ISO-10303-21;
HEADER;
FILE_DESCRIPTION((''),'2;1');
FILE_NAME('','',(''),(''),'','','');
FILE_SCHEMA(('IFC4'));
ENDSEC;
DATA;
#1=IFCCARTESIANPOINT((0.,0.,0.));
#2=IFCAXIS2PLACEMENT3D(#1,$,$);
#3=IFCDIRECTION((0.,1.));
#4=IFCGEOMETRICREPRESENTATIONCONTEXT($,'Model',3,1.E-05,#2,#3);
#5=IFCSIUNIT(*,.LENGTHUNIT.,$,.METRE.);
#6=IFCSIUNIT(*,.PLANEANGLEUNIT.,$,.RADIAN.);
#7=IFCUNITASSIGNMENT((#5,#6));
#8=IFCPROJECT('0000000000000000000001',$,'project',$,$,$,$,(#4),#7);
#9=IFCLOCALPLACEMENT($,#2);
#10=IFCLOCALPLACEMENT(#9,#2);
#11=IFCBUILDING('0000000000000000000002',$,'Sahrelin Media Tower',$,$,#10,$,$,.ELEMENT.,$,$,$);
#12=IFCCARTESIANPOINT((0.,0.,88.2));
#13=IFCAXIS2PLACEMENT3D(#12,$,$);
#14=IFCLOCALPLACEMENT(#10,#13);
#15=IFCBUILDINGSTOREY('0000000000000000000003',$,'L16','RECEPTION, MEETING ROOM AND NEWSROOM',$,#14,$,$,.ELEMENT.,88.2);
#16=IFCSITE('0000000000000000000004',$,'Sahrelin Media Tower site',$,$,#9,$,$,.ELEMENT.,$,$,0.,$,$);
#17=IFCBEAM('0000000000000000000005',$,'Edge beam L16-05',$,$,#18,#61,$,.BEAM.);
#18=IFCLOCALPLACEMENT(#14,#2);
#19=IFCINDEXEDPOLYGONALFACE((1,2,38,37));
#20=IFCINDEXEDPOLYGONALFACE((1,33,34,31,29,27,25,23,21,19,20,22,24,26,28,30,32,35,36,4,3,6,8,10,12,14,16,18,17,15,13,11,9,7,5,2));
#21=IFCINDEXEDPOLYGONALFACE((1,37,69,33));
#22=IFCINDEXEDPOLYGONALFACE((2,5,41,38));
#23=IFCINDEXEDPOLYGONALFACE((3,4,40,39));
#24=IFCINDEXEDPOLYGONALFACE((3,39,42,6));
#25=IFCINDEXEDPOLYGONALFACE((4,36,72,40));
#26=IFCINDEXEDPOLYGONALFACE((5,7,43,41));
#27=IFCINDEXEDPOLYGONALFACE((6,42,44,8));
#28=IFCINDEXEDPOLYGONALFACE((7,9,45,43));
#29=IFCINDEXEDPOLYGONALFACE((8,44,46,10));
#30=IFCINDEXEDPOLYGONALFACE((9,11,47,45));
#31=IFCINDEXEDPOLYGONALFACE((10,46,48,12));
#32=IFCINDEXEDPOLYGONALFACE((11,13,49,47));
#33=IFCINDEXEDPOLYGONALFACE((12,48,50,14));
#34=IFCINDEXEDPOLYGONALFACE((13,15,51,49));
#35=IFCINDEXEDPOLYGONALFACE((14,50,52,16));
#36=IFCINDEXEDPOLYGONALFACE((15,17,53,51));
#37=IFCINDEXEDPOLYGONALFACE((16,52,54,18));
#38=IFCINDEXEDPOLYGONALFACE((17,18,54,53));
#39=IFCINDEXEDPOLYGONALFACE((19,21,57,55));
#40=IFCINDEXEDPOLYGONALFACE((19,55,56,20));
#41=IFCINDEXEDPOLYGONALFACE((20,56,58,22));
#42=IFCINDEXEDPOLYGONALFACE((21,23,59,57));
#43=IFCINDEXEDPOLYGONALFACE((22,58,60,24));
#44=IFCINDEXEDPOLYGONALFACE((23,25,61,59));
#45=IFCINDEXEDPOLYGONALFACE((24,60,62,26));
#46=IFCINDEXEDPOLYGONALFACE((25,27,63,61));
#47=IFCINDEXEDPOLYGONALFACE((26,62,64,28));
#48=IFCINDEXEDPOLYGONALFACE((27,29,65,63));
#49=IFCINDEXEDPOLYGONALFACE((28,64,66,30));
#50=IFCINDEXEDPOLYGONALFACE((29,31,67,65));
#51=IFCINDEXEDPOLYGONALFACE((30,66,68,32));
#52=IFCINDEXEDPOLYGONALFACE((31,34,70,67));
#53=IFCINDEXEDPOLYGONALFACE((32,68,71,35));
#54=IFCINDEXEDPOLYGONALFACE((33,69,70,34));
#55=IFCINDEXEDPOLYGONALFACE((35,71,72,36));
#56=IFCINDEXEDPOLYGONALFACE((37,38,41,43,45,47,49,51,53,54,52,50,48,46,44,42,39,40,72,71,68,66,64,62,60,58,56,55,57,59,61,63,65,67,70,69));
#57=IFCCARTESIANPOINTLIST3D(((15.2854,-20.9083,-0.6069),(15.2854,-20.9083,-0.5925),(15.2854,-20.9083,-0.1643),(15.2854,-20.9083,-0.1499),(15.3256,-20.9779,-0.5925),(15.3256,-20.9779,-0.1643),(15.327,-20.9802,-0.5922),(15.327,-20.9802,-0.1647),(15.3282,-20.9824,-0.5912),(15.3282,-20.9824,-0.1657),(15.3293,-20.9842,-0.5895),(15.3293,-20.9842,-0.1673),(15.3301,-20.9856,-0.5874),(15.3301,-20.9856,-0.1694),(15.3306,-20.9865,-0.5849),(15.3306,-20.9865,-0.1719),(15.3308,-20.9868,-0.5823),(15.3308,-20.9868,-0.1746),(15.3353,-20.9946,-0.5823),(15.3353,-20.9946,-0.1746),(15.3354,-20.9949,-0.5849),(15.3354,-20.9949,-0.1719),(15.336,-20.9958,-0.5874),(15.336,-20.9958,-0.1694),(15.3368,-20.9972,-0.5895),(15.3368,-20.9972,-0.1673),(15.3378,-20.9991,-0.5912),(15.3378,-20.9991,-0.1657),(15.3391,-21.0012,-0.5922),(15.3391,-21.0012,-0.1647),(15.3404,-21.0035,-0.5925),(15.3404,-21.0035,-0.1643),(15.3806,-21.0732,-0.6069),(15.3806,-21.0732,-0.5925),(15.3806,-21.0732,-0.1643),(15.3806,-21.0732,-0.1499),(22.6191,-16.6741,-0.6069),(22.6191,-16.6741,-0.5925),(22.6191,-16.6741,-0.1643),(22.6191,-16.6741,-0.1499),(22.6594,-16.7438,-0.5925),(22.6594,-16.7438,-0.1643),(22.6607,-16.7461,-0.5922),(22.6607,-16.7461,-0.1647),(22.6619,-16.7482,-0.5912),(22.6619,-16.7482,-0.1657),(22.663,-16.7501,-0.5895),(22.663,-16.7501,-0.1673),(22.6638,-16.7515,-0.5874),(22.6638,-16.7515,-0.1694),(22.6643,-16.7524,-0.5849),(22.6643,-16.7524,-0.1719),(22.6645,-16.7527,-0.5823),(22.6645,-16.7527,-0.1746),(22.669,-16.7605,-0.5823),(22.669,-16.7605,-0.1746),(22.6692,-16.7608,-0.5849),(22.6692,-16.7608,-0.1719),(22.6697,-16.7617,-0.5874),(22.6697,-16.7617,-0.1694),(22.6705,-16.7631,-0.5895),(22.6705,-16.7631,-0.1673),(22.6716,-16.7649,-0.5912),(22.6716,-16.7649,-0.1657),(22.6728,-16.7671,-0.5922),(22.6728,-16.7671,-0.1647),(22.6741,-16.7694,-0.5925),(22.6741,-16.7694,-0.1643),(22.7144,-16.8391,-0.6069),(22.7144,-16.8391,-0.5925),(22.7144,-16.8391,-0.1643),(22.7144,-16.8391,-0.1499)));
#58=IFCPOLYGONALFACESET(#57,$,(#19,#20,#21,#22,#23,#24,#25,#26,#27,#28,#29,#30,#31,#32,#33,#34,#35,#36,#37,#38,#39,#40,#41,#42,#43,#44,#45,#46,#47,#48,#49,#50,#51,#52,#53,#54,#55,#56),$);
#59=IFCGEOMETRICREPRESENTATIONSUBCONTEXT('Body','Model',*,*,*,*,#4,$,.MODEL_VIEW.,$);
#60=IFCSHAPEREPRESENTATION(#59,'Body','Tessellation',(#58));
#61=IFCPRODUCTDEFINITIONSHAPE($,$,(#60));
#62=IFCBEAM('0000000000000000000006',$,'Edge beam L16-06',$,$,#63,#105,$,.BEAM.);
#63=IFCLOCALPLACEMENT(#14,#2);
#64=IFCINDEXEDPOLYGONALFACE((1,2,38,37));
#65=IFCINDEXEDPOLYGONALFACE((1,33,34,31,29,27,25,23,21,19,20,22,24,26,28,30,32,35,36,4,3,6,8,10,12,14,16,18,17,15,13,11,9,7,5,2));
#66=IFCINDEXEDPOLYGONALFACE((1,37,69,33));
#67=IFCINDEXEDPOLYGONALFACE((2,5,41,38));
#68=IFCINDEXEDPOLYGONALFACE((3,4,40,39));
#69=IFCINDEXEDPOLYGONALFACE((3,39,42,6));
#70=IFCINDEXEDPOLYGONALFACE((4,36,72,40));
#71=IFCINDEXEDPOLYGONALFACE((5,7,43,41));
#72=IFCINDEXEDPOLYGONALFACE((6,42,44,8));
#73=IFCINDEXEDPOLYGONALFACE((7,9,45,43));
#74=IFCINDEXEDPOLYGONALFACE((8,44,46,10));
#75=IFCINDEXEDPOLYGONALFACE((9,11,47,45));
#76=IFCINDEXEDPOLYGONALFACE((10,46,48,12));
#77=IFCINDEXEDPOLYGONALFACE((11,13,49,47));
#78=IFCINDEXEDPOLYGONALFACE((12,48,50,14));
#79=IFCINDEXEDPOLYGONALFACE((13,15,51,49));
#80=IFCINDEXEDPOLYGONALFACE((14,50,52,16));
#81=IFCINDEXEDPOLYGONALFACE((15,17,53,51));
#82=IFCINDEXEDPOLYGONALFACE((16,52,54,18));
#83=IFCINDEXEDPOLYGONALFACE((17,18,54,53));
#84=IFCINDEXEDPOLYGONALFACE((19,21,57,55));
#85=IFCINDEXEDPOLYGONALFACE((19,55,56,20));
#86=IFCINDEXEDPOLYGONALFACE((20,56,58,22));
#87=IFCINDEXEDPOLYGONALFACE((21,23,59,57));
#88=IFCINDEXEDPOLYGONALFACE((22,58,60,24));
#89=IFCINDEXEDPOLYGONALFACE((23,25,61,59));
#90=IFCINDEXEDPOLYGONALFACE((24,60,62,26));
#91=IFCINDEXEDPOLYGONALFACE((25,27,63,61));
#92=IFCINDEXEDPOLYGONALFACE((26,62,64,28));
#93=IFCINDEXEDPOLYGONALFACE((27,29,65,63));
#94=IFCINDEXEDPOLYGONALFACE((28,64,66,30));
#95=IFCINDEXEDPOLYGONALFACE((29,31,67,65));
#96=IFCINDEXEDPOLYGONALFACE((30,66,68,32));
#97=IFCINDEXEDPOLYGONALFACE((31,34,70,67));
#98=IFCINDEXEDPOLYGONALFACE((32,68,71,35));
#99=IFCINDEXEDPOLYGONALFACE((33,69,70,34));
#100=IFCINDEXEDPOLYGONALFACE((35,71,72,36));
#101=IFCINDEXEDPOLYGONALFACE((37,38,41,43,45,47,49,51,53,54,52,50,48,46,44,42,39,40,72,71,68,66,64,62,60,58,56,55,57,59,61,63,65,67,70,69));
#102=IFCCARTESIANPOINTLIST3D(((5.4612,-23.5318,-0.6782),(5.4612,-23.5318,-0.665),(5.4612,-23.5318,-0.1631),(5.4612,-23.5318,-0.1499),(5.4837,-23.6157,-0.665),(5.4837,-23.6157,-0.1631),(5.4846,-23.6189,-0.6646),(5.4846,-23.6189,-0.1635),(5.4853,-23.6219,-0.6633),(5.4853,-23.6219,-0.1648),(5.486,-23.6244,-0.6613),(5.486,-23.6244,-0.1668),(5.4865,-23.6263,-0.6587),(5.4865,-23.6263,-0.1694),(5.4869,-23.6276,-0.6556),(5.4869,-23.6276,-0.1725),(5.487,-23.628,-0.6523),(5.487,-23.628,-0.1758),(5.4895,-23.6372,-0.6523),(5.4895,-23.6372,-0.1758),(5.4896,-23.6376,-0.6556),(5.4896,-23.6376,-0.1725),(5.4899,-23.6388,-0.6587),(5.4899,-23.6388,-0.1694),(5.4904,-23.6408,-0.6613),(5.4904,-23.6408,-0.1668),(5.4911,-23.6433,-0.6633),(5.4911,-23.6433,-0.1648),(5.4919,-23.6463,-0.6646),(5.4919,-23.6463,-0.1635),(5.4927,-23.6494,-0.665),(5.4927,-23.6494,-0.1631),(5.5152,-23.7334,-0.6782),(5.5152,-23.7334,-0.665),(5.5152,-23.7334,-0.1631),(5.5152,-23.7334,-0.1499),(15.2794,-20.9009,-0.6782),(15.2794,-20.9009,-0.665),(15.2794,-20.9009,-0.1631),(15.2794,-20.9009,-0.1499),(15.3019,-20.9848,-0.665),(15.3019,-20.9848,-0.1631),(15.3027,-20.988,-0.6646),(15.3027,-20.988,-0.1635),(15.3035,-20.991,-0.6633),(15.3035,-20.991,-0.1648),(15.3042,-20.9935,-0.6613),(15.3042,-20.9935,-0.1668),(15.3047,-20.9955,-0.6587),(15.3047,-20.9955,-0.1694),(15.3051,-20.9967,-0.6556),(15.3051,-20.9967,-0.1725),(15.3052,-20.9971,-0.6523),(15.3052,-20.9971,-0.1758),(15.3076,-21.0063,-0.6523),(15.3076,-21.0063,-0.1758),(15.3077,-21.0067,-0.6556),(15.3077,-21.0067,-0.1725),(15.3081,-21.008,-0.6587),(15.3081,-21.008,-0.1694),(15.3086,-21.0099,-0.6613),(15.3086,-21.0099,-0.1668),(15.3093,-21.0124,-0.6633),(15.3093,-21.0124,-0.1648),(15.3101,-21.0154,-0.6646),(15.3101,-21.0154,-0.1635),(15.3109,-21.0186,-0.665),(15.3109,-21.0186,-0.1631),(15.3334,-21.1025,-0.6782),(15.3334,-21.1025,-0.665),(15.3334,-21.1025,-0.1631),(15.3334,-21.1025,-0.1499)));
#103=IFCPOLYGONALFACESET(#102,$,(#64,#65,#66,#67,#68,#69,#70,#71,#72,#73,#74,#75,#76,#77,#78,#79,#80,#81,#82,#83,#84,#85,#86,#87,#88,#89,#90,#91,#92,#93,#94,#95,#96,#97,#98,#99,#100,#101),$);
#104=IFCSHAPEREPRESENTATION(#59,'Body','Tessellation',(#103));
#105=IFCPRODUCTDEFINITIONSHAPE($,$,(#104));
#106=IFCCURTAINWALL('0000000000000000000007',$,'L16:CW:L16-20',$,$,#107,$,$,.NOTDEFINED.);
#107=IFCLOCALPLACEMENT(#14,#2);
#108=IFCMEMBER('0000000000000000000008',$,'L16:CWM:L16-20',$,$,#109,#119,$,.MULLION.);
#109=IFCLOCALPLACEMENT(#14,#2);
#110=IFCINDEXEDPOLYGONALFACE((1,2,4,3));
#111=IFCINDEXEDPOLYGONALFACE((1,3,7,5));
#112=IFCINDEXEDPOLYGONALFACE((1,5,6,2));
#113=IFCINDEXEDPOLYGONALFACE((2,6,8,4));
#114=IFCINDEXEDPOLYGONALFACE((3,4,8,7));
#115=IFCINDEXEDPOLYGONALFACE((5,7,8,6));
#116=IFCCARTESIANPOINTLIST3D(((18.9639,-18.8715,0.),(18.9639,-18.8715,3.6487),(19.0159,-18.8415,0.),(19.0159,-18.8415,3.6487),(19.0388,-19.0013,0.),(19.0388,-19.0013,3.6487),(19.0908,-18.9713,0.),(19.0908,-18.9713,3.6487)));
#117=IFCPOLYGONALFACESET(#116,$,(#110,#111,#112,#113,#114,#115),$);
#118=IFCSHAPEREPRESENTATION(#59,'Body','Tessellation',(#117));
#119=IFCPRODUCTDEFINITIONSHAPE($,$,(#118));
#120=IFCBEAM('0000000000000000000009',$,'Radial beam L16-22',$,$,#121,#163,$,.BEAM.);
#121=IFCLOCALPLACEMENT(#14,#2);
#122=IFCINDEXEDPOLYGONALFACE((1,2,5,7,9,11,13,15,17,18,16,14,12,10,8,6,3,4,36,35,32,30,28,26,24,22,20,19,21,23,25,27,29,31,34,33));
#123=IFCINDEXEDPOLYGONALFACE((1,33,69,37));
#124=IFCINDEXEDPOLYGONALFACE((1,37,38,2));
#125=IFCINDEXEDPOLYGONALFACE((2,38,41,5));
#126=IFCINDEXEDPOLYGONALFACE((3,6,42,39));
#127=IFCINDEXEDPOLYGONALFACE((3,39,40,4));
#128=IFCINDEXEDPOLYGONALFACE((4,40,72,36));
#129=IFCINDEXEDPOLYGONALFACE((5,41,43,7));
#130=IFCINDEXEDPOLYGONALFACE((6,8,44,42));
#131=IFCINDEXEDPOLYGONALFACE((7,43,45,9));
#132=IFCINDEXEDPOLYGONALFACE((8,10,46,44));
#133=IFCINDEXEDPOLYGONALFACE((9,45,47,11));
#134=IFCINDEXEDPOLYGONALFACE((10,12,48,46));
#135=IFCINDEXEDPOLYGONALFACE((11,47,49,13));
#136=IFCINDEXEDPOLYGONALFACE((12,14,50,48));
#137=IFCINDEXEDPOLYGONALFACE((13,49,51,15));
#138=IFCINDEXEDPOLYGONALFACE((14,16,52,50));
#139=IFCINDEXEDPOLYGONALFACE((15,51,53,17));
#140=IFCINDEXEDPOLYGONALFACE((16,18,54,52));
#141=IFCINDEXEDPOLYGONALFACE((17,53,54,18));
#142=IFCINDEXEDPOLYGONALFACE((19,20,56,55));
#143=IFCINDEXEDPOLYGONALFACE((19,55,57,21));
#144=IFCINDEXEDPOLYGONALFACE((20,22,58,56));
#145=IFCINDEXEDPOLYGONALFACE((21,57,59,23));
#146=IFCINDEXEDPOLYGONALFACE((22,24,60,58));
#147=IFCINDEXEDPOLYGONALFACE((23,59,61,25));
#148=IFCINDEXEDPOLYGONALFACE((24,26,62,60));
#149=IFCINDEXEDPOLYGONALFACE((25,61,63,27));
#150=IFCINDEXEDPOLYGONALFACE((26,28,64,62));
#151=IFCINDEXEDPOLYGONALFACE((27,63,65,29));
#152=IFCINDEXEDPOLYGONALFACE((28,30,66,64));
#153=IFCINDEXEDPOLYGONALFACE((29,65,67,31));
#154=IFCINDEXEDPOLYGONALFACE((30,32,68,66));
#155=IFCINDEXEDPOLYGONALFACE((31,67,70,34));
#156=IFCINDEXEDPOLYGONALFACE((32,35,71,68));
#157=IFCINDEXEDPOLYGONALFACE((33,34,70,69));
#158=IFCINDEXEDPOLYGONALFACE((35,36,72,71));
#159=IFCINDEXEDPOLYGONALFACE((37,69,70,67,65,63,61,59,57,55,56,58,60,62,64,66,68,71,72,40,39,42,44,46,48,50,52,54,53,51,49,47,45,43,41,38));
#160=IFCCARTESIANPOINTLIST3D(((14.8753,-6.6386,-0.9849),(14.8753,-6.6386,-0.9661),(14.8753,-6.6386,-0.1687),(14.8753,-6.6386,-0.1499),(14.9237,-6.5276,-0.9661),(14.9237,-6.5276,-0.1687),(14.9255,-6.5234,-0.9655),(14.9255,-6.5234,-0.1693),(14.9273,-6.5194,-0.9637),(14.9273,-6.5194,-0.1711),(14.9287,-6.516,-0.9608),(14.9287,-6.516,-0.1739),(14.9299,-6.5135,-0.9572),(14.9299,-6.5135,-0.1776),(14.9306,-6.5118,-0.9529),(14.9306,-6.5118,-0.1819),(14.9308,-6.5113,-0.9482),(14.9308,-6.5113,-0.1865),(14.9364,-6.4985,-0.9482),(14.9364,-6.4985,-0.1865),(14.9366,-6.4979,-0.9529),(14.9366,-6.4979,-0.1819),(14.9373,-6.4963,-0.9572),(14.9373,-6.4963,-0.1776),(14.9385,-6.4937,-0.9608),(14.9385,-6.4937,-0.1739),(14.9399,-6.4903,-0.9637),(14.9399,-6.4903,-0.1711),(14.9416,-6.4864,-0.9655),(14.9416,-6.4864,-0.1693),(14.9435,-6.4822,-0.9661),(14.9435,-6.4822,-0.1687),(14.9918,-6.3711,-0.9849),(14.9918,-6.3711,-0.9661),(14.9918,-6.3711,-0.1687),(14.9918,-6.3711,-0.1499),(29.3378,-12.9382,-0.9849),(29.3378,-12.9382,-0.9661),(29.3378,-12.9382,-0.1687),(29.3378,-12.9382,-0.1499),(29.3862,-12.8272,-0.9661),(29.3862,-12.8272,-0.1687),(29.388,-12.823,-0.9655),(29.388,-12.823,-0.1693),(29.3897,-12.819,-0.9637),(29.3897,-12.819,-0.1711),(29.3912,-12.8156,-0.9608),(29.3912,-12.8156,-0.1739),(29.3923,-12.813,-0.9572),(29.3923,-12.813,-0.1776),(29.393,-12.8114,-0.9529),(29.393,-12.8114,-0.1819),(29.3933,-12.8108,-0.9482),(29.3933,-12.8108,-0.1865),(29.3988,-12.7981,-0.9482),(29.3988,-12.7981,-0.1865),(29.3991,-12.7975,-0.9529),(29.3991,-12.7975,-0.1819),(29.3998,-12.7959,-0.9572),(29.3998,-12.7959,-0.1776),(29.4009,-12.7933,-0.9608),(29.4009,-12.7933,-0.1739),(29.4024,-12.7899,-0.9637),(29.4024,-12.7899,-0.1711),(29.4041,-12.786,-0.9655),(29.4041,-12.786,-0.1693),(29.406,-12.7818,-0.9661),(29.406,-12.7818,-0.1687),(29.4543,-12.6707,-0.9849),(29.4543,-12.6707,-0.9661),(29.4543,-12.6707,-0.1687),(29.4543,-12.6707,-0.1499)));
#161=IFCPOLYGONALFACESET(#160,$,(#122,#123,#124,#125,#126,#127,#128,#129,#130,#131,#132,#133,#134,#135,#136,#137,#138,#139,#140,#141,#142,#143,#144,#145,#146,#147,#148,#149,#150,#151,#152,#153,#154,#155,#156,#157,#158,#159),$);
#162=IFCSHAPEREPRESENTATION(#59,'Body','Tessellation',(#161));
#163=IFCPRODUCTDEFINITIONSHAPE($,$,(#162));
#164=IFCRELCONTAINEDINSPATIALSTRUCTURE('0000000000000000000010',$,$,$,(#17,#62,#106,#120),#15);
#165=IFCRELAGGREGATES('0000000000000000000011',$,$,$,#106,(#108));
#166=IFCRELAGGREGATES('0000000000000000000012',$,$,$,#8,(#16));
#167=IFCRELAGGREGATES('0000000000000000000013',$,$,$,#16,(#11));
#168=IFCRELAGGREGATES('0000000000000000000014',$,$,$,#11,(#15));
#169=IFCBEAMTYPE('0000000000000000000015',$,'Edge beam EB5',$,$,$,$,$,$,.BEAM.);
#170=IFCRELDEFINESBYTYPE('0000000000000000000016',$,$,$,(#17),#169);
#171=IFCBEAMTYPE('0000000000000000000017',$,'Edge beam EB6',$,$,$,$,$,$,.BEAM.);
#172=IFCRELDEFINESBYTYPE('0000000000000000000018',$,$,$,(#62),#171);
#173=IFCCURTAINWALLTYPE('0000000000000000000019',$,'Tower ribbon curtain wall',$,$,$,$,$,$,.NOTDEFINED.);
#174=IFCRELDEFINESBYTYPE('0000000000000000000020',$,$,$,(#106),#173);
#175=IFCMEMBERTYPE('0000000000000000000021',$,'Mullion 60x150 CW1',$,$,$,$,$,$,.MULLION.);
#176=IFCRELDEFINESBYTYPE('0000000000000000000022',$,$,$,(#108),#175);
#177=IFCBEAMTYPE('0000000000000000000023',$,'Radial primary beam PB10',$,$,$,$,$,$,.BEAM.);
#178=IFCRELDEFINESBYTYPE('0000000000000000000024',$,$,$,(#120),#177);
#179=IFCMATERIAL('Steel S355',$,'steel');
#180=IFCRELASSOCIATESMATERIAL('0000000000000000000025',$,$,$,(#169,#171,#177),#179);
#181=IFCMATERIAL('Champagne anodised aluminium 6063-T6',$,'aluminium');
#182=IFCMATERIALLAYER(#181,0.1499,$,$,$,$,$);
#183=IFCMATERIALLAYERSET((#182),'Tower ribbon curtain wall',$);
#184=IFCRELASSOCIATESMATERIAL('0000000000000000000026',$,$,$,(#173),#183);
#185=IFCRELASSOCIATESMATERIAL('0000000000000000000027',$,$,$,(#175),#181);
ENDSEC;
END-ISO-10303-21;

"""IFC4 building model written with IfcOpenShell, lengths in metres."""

from ifc_helpers import new_model, si_unit, direction, frame, origin, origin_2d, place, context, subcontext, project, spatial, rectangle, i_section, extrude, material, layer, layer_set, material_profile, profile_set, type_object, element, aggregate, save


model = new_model("IFC4")

# Units and contexts
model_context = context("Model", 3, precision=1e-05, world=origin(), true_north=direction((0.0, 1.0)))
body_context = subcontext(model_context, "Body", "Model", "MODEL_VIEW")
ifc_project = project(units=[si_unit("LENGTHUNIT", "METRE"), si_unit("PLANEANGLEUNIT", "RADIAN")], contexts=[model_context])

# Site, building, storey
site_placement = place(None, origin())
site = spatial("IfcSite", under=ifc_project, at=site_placement, Name="Sahrelin Media Tower site", CompositionType="ELEMENT", RefElevation=0.0)
building_placement = place(site_placement, origin())
building = spatial("IfcBuilding", under=site, at=building_placement, Name="Sahrelin Media Tower", CompositionType="ELEMENT")
storey_placement = place(building_placement, frame((0.0, 0.0, 88.2)))
storey = spatial("IfcBuildingStorey", under=building, at=storey_placement, Name="L16", Description="RECEPTION, MEETING ROOM AND NEWSROOM", CompositionType="ELEMENT", Elevation=88.2)

# Beams
ifc_material_1 = material(Name="Steel S355", Category="steel")
ifc_material_profile_1 = material_profile(ifc_material_1, i_section(OverallWidth=0.1904, OverallDepth=0.457, WebThickness=0.009, FlangeThickness=0.0144, FilletRadius=0.0103, at=origin_2d()), Name="UB 457x191x74")
ifc_profile_set_1 = profile_set([ifc_material_profile_1], Name="Steel S355")
beam_type_1 = type_object("IfcBeamType", Name="Edge beam EB5", PredefinedType="BEAM", material=ifc_profile_set_1)
beam_1_placement = place(storey_placement, frame((22.6667, -16.7566, -0.3784), z_axis=(-0.866026, -0.499999, 0.0), x_axis=(0.499999, -0.866026, 0.0)))
element("IfcBeam", 1, at=beam_1_placement, inside=storey, type_object=beam_type_1, Name="Edge beam L16-05", PredefinedType="BEAM", context=body_context, shape_type="SweptSolid", body=[
    extrude(i_section(OverallWidth=0.1904, OverallDepth=0.457, WebThickness=0.009, FlangeThickness=0.0144, FilletRadius=0.0103, at=origin_2d()), origin(), (0.0, 0.0, 1.0), 8.4683),
])
ifc_material_profile_2 = material_profile(ifc_material_1, i_section(OverallWidth=0.2087, OverallDepth=0.5283, WebThickness=0.0095, FlangeThickness=0.0132, FilletRadius=0.0127, at=origin_2d()), Name="UB 533x210x82")
ifc_profile_set_2 = profile_set([ifc_material_profile_2], Name="Steel S355")
beam_type_2 = type_object("IfcBeamType", Name="Edge beam EB6", PredefinedType="BEAM", material=ifc_profile_set_2)
beam_2_placement = place(storey_placement, frame((15.3064, -21.0017, -0.4141), z_axis=(-0.965923, -0.258829, 0.0), x_axis=(0.258829, -0.965923, 0.0)))
element("IfcBeam", 2, at=beam_2_placement, inside=storey, type_object=beam_type_2, Name="Edge beam L16-06", PredefinedType="BEAM", context=body_context, shape_type="SweptSolid", body=[
    extrude(i_section(OverallWidth=0.2087, OverallDepth=0.5283, WebThickness=0.0095, FlangeThickness=0.0132, FilletRadius=0.0127, at=origin_2d()), origin(), (0.0, 0.0, 1.0), 10.1646),
])

# Curtain wall, member
ifc_material_2 = material(Name="Champagne anodised aluminium 6063-T6", Category="aluminium")
ifc_layer_1 = layer(ifc_material_2, 0.1499)
ifc_layer_set_1 = layer_set([ifc_layer_1], Name="Tower ribbon curtain wall")
curtain_wall_type = type_object("IfcCurtainWallType", Name="Tower ribbon curtain wall", PredefinedType="NOTDEFINED", material=ifc_layer_set_1)
curtain_wall_1_placement = place(storey_placement, frame((19.075, -19.0037, 0.0), z_axis=(0.0, 0.0, 1.0), x_axis=(1.0, 0.0, 0.0)))
curtain_wall_1 = element("IfcCurtainWall", 3, at=curtain_wall_1_placement, inside=storey, type_object=curtain_wall_type, Name="L16:CW:L16-20", PredefinedType="NOTDEFINED")
ifc_material_profile_3 = material_profile(ifc_material_2, rectangle(XDim=0.0601, YDim=0.1499, at=origin_2d()), Name="Mullion 60x150")
ifc_profile_set_3 = profile_set([ifc_material_profile_3], Name="Champagne anodised aluminium 6063-T6")
member_type_1 = type_object("IfcMemberType", Name="Mullion 60x150 CW1", PredefinedType="MULLION", material=ifc_profile_set_3)
member_1_placement = place(storey_placement, frame((19.0273, -18.9214, 0.0), z_axis=(0.0, 0.0, 1.0), x_axis=(0.866023, 0.500005, 0.0)))
member_1 = element("IfcMember", 4, at=member_1_placement, type_object=member_type_1, Name="L16:CWM:L16-20", PredefinedType="MULLION", context=body_context, shape_type="SweptSolid", body=[
    extrude(rectangle(XDim=0.0601, YDim=0.1499, at=origin_2d()), origin(), (0.0, 0.0, 1.0), 3.6487),
])

# Beam
ifc_material_profile_4 = material_profile(ifc_material_1, i_section(OverallWidth=0.2917, OverallDepth=0.835, WebThickness=0.0139, FlangeThickness=0.0188, FilletRadius=0.0178, at=origin_2d()), Name="UB 838x292x176")
ifc_profile_set_4 = profile_set([ifc_material_profile_4], Name="Steel S355")
beam_type_3 = type_object("IfcBeamType", Name="Radial primary beam PB10", PredefinedType="BEAM", material=ifc_profile_set_4)
beam_3_placement = place(storey_placement, frame((14.9336, -6.5049, -0.5674), z_axis=(0.916802, -0.399342, 0.0), x_axis=(0.399342, 0.916802, 0.0)))
element("IfcBeam", 5, at=beam_3_placement, inside=storey, type_object=beam_type_3, Name="Radial beam L16-22", PredefinedType="BEAM", context=body_context, shape_type="SweptSolid", body=[
    extrude(i_section(OverallWidth=0.2917, OverallDepth=0.835, WebThickness=0.0139, FlangeThickness=0.0188, FilletRadius=0.0178, at=origin_2d()), origin(), (0.0, 0.0, 1.0), 15.7749),
])

aggregate(curtain_wall_1, [member_1])

save(model, "model.ifc")
